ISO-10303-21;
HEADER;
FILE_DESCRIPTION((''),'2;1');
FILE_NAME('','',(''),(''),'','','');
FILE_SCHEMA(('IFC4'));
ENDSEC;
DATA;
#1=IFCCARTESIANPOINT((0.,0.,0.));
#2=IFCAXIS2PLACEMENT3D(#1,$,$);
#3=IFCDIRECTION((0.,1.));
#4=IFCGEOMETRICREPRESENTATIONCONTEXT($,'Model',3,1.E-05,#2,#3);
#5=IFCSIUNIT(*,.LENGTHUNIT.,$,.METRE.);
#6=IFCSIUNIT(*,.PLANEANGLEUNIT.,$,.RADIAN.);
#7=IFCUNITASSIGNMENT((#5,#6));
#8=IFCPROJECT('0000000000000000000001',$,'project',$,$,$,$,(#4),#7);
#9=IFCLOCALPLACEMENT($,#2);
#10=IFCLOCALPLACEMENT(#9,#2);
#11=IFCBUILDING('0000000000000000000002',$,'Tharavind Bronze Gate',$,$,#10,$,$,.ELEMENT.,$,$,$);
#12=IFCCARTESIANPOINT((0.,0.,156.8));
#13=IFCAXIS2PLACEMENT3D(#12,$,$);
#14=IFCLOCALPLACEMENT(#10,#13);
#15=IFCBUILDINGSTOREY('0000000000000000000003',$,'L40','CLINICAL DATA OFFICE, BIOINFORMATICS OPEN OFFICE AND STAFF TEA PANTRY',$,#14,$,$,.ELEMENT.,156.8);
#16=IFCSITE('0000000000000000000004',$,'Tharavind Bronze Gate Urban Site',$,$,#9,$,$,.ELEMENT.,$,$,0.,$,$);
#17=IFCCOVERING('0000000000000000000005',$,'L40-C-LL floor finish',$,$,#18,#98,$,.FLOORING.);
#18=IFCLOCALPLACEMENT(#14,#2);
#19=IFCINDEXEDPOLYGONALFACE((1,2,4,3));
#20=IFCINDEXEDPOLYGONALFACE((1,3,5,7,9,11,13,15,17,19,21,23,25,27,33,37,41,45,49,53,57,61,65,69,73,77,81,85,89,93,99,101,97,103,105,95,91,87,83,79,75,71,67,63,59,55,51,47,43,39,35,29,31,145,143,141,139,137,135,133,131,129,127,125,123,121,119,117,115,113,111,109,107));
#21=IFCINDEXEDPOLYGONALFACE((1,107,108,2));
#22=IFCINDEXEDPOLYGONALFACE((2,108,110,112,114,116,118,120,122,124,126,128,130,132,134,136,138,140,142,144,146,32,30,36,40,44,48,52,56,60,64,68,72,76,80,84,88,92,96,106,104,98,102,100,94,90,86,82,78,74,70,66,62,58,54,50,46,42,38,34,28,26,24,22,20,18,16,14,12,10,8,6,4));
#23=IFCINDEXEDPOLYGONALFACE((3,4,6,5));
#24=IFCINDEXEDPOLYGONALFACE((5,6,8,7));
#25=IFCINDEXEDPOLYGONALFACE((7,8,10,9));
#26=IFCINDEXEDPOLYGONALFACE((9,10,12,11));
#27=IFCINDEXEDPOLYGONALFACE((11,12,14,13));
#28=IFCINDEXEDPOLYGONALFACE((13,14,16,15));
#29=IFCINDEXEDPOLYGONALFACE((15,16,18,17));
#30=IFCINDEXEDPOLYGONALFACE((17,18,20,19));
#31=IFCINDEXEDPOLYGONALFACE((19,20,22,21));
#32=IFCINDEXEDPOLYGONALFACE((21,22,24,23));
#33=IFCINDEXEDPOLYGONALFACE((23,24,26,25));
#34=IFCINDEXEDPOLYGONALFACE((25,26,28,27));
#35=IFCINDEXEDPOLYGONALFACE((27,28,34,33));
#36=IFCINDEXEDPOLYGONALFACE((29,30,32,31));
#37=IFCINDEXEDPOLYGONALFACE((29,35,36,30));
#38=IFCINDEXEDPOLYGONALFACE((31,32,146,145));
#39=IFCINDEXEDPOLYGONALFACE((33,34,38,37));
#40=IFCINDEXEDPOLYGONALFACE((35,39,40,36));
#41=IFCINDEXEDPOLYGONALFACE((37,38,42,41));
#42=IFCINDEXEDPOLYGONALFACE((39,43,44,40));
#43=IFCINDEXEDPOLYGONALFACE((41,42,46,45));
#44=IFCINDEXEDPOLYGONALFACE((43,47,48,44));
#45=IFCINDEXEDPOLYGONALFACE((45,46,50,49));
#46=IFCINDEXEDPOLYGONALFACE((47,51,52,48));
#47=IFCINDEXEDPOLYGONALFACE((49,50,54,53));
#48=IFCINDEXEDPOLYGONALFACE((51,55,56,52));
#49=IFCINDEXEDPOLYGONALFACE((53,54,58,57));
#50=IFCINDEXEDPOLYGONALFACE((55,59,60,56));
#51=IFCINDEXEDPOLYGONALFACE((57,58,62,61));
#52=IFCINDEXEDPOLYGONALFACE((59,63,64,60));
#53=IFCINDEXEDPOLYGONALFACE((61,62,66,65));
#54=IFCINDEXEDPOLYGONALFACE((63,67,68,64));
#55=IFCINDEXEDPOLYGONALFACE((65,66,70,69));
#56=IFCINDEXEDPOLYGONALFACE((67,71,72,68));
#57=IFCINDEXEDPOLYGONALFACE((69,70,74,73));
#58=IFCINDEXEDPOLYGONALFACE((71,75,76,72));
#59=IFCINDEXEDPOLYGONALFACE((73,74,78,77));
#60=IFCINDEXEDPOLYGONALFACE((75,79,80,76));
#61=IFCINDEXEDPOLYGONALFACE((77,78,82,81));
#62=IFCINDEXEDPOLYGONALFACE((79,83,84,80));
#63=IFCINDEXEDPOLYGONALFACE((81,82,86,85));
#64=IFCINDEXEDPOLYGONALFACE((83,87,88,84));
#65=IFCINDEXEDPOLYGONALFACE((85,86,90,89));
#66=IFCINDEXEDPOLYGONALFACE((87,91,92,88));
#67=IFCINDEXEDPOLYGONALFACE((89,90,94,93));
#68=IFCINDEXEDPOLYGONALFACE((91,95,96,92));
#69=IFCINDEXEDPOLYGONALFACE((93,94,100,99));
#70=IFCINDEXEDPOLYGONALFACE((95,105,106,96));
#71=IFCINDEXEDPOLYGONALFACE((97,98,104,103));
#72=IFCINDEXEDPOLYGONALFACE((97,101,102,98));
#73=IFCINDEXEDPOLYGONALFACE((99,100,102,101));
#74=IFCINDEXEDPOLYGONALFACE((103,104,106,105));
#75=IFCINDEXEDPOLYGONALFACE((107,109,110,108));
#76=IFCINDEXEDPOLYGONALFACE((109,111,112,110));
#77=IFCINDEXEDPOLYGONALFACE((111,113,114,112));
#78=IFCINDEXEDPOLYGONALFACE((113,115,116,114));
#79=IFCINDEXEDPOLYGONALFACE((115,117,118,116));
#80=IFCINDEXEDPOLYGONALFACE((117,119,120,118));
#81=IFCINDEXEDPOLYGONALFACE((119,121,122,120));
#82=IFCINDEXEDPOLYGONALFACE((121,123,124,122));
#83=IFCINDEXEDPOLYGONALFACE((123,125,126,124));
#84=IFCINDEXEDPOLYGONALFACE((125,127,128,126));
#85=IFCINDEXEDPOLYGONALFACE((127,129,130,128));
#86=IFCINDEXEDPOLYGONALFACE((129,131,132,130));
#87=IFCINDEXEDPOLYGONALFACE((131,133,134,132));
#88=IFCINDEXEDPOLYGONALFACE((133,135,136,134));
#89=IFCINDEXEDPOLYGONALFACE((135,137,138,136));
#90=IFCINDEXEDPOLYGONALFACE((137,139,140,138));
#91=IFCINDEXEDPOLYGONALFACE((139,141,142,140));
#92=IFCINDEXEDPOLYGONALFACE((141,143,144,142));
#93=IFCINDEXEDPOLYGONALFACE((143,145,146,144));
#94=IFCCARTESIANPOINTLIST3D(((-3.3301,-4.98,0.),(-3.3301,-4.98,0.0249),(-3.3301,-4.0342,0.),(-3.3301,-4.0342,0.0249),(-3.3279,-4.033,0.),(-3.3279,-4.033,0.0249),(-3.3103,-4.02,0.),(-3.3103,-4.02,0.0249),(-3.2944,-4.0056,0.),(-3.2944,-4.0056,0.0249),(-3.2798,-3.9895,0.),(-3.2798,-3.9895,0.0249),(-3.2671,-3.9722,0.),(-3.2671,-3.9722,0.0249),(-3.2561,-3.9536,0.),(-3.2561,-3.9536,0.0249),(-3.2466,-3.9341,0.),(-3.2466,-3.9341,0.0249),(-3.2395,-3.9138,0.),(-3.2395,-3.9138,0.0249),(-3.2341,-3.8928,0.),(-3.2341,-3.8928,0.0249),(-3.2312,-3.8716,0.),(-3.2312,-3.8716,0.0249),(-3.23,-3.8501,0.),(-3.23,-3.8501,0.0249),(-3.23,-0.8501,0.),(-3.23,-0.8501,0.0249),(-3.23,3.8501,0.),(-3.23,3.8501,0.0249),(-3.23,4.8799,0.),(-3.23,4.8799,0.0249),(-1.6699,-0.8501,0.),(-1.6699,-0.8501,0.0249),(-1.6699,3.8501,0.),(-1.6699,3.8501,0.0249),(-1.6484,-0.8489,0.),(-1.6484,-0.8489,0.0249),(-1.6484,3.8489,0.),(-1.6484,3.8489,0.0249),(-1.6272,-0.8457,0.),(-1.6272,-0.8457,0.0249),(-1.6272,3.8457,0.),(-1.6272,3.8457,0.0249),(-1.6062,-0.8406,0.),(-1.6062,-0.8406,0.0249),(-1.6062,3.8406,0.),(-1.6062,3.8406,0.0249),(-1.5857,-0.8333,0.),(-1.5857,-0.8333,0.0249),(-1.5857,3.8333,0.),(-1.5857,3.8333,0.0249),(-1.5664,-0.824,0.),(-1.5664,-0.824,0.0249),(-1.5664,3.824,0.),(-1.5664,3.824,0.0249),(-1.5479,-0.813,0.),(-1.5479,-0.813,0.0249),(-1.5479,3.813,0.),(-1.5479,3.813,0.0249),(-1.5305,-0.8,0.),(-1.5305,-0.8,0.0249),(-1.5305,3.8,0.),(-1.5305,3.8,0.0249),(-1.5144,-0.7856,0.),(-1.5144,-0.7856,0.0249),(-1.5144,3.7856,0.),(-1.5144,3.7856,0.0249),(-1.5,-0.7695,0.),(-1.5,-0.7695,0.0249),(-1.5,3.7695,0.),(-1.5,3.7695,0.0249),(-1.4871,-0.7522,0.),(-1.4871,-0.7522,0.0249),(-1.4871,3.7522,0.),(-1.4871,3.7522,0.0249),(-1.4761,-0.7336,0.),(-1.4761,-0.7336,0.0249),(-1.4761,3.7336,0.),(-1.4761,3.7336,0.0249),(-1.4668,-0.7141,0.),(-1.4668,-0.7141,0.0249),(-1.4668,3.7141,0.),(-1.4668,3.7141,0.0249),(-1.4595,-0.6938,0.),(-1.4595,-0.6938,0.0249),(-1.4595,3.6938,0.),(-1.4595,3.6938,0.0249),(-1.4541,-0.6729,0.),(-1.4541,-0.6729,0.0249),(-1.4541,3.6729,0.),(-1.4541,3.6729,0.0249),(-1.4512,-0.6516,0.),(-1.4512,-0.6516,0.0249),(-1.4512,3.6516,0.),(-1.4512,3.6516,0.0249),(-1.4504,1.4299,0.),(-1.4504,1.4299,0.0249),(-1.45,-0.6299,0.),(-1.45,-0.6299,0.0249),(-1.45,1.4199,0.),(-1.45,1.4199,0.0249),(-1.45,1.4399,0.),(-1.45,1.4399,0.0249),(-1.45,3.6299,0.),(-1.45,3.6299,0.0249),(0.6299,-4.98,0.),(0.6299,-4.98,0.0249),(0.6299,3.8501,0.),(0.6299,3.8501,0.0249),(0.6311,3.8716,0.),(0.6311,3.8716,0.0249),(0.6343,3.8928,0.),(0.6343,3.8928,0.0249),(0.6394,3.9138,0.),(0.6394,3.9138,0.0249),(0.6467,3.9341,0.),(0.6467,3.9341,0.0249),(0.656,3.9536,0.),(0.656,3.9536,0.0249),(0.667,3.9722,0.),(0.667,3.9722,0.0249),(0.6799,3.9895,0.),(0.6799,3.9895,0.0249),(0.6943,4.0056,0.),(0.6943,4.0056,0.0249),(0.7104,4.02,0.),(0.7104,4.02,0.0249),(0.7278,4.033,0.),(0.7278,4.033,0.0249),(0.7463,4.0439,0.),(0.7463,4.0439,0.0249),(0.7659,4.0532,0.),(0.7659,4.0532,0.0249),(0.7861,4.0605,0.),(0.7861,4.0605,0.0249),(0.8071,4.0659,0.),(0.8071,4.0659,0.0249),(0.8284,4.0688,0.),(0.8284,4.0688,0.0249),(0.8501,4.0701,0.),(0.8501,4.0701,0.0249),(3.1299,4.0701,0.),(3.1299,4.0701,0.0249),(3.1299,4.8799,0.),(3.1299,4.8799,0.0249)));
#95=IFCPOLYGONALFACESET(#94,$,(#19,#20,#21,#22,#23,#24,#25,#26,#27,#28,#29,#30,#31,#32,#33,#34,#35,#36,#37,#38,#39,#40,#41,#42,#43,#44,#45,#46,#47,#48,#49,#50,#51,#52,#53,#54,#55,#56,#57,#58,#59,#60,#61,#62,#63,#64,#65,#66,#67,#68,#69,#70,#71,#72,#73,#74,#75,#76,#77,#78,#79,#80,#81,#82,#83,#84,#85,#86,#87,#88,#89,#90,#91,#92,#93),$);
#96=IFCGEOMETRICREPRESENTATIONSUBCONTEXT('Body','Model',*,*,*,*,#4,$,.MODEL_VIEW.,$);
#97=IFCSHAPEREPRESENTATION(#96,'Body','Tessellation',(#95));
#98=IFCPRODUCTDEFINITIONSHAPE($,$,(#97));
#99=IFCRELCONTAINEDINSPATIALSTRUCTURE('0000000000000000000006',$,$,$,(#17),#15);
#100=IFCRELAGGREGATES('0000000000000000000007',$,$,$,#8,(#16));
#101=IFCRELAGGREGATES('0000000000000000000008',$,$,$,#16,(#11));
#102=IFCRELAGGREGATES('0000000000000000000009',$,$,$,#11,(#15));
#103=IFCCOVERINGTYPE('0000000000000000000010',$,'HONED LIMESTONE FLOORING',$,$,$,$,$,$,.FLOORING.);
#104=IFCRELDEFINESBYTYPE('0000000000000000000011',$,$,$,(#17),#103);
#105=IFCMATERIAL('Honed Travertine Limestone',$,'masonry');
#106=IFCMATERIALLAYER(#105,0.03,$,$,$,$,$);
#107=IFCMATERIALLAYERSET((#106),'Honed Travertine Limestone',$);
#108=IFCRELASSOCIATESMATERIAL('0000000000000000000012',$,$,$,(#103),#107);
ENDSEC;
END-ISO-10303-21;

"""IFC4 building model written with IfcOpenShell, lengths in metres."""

from ifc_helpers import new_model, si_unit, direction, frame, origin, place, context, subcontext, project, spatial, polyline, outline, extrude, material, layer, layer_set, type_object, element, save


model = new_model("IFC4")

# Units and contexts
model_context = context("Model", 3, precision=1e-05, world=origin(), true_north=direction((0.0, 1.0)))
body_context = subcontext(model_context, "Body", "Model", "MODEL_VIEW")
ifc_project = project(units=[si_unit("LENGTHUNIT", "METRE"), si_unit("PLANEANGLEUNIT", "RADIAN")], contexts=[model_context])

# Site, building, storey
site_placement = place(None, origin())
site = spatial("IfcSite", under=ifc_project, at=site_placement, Name="Tharavind Bronze Gate Urban Site", CompositionType="ELEMENT", RefElevation=0.0)
building_placement = place(site_placement, origin())
building = spatial("IfcBuilding", under=site, at=building_placement, Name="Tharavind Bronze Gate", CompositionType="ELEMENT")
storey_placement = place(building_placement, frame((0.0, 0.0, 156.8)))
storey = spatial("IfcBuildingStorey", under=building, at=storey_placement, Name="L40", Description="CLINICAL DATA OFFICE, BIOINFORMATICS OPEN OFFICE AND STAFF TEA PANTRY", CompositionType="ELEMENT", Elevation=156.8)

# Covering
ifc_material_1 = material(Name="Honed Travertine Limestone", Category="masonry")
ifc_layer_1 = layer(ifc_material_1, 0.03)
ifc_layer_set_1 = layer_set([ifc_layer_1], Name="Honed Travertine Limestone")
covering_type_1 = type_object("IfcCoveringType", Name="HONED LIMESTONE FLOORING", PredefinedType="FLOORING", material=ifc_layer_set_1)
covering_1_placement = place(storey_placement, origin())
element("IfcCovering", 1, at=covering_1_placement, inside=storey, type_object=covering_type_1, Name="L40-C-LL floor finish", PredefinedType="FLOORING", context=body_context, shape_type="SweptSolid", body=[
    extrude(outline(polyline([(-3.3301, -4.98), (0.6299, -4.98), (0.6299, 3.8501), (0.6311, 3.8716), (0.6343, 3.8928), (0.6394, 3.9138), (0.6467, 3.9341), (0.656, 3.9536), (0.667, 3.9722), (0.6799, 3.9895), (0.6943, 4.0056), (0.7104, 4.02), (0.7278, 4.033), (0.7463, 4.0439), (0.7659, 4.0532), (0.7861, 4.0605), (0.8071, 4.0659), (0.8284, 4.0688), (0.8501, 4.0701), (3.1299, 4.0701), (3.1299, 4.8799), (-3.23, 4.8799), (-3.23, 3.8501), (-1.6699, 3.8501), (-1.6484, 3.8489), (-1.6272, 3.8457), (-1.6062, 3.8406), (-1.5857, 3.8333), (-1.5664, 3.824), (-1.5479, 3.813), (-1.5305, 3.8), (-1.5144, 3.7856), (-1.5, 3.7695), (-1.4871, 3.7522), (-1.4761, 3.7336), (-1.4668, 3.7141), (-1.4595, 3.6938), (-1.4541, 3.6729), (-1.4512, 3.6516), (-1.45, 3.6299), (-1.45, 1.4399), (-1.4504, 1.4299), (-1.45, 1.4199), (-1.45, -0.6299), (-1.4512, -0.6516), (-1.4541, -0.6729), (-1.4595, -0.6938), (-1.4668, -0.7141), (-1.4761, -0.7336), (-1.4871, -0.7522), (-1.5, -0.7695), (-1.5144, -0.7856), (-1.5305, -0.8), (-1.5479, -0.813), (-1.5664, -0.824), (-1.5857, -0.8333), (-1.6062, -0.8406), (-1.6272, -0.8457), (-1.6484, -0.8489), (-1.6699, -0.8501), (-3.23, -0.8501), (-3.23, -3.8501), (-3.2312, -3.8716), (-3.2341, -3.8928), (-3.2395, -3.9138), (-3.2466, -3.9341), (-3.2561, -3.9536), (-3.2671, -3.9722), (-3.2798, -3.9895), (-3.2944, -4.0056), (-3.3103, -4.02), (-3.3279, -4.033), (-3.3301, -4.0342), (-3.3301, -4.98)])), origin(), (0.0, 0.0, 1.0), 0.0249),
])

save(model, "model.ifc")
